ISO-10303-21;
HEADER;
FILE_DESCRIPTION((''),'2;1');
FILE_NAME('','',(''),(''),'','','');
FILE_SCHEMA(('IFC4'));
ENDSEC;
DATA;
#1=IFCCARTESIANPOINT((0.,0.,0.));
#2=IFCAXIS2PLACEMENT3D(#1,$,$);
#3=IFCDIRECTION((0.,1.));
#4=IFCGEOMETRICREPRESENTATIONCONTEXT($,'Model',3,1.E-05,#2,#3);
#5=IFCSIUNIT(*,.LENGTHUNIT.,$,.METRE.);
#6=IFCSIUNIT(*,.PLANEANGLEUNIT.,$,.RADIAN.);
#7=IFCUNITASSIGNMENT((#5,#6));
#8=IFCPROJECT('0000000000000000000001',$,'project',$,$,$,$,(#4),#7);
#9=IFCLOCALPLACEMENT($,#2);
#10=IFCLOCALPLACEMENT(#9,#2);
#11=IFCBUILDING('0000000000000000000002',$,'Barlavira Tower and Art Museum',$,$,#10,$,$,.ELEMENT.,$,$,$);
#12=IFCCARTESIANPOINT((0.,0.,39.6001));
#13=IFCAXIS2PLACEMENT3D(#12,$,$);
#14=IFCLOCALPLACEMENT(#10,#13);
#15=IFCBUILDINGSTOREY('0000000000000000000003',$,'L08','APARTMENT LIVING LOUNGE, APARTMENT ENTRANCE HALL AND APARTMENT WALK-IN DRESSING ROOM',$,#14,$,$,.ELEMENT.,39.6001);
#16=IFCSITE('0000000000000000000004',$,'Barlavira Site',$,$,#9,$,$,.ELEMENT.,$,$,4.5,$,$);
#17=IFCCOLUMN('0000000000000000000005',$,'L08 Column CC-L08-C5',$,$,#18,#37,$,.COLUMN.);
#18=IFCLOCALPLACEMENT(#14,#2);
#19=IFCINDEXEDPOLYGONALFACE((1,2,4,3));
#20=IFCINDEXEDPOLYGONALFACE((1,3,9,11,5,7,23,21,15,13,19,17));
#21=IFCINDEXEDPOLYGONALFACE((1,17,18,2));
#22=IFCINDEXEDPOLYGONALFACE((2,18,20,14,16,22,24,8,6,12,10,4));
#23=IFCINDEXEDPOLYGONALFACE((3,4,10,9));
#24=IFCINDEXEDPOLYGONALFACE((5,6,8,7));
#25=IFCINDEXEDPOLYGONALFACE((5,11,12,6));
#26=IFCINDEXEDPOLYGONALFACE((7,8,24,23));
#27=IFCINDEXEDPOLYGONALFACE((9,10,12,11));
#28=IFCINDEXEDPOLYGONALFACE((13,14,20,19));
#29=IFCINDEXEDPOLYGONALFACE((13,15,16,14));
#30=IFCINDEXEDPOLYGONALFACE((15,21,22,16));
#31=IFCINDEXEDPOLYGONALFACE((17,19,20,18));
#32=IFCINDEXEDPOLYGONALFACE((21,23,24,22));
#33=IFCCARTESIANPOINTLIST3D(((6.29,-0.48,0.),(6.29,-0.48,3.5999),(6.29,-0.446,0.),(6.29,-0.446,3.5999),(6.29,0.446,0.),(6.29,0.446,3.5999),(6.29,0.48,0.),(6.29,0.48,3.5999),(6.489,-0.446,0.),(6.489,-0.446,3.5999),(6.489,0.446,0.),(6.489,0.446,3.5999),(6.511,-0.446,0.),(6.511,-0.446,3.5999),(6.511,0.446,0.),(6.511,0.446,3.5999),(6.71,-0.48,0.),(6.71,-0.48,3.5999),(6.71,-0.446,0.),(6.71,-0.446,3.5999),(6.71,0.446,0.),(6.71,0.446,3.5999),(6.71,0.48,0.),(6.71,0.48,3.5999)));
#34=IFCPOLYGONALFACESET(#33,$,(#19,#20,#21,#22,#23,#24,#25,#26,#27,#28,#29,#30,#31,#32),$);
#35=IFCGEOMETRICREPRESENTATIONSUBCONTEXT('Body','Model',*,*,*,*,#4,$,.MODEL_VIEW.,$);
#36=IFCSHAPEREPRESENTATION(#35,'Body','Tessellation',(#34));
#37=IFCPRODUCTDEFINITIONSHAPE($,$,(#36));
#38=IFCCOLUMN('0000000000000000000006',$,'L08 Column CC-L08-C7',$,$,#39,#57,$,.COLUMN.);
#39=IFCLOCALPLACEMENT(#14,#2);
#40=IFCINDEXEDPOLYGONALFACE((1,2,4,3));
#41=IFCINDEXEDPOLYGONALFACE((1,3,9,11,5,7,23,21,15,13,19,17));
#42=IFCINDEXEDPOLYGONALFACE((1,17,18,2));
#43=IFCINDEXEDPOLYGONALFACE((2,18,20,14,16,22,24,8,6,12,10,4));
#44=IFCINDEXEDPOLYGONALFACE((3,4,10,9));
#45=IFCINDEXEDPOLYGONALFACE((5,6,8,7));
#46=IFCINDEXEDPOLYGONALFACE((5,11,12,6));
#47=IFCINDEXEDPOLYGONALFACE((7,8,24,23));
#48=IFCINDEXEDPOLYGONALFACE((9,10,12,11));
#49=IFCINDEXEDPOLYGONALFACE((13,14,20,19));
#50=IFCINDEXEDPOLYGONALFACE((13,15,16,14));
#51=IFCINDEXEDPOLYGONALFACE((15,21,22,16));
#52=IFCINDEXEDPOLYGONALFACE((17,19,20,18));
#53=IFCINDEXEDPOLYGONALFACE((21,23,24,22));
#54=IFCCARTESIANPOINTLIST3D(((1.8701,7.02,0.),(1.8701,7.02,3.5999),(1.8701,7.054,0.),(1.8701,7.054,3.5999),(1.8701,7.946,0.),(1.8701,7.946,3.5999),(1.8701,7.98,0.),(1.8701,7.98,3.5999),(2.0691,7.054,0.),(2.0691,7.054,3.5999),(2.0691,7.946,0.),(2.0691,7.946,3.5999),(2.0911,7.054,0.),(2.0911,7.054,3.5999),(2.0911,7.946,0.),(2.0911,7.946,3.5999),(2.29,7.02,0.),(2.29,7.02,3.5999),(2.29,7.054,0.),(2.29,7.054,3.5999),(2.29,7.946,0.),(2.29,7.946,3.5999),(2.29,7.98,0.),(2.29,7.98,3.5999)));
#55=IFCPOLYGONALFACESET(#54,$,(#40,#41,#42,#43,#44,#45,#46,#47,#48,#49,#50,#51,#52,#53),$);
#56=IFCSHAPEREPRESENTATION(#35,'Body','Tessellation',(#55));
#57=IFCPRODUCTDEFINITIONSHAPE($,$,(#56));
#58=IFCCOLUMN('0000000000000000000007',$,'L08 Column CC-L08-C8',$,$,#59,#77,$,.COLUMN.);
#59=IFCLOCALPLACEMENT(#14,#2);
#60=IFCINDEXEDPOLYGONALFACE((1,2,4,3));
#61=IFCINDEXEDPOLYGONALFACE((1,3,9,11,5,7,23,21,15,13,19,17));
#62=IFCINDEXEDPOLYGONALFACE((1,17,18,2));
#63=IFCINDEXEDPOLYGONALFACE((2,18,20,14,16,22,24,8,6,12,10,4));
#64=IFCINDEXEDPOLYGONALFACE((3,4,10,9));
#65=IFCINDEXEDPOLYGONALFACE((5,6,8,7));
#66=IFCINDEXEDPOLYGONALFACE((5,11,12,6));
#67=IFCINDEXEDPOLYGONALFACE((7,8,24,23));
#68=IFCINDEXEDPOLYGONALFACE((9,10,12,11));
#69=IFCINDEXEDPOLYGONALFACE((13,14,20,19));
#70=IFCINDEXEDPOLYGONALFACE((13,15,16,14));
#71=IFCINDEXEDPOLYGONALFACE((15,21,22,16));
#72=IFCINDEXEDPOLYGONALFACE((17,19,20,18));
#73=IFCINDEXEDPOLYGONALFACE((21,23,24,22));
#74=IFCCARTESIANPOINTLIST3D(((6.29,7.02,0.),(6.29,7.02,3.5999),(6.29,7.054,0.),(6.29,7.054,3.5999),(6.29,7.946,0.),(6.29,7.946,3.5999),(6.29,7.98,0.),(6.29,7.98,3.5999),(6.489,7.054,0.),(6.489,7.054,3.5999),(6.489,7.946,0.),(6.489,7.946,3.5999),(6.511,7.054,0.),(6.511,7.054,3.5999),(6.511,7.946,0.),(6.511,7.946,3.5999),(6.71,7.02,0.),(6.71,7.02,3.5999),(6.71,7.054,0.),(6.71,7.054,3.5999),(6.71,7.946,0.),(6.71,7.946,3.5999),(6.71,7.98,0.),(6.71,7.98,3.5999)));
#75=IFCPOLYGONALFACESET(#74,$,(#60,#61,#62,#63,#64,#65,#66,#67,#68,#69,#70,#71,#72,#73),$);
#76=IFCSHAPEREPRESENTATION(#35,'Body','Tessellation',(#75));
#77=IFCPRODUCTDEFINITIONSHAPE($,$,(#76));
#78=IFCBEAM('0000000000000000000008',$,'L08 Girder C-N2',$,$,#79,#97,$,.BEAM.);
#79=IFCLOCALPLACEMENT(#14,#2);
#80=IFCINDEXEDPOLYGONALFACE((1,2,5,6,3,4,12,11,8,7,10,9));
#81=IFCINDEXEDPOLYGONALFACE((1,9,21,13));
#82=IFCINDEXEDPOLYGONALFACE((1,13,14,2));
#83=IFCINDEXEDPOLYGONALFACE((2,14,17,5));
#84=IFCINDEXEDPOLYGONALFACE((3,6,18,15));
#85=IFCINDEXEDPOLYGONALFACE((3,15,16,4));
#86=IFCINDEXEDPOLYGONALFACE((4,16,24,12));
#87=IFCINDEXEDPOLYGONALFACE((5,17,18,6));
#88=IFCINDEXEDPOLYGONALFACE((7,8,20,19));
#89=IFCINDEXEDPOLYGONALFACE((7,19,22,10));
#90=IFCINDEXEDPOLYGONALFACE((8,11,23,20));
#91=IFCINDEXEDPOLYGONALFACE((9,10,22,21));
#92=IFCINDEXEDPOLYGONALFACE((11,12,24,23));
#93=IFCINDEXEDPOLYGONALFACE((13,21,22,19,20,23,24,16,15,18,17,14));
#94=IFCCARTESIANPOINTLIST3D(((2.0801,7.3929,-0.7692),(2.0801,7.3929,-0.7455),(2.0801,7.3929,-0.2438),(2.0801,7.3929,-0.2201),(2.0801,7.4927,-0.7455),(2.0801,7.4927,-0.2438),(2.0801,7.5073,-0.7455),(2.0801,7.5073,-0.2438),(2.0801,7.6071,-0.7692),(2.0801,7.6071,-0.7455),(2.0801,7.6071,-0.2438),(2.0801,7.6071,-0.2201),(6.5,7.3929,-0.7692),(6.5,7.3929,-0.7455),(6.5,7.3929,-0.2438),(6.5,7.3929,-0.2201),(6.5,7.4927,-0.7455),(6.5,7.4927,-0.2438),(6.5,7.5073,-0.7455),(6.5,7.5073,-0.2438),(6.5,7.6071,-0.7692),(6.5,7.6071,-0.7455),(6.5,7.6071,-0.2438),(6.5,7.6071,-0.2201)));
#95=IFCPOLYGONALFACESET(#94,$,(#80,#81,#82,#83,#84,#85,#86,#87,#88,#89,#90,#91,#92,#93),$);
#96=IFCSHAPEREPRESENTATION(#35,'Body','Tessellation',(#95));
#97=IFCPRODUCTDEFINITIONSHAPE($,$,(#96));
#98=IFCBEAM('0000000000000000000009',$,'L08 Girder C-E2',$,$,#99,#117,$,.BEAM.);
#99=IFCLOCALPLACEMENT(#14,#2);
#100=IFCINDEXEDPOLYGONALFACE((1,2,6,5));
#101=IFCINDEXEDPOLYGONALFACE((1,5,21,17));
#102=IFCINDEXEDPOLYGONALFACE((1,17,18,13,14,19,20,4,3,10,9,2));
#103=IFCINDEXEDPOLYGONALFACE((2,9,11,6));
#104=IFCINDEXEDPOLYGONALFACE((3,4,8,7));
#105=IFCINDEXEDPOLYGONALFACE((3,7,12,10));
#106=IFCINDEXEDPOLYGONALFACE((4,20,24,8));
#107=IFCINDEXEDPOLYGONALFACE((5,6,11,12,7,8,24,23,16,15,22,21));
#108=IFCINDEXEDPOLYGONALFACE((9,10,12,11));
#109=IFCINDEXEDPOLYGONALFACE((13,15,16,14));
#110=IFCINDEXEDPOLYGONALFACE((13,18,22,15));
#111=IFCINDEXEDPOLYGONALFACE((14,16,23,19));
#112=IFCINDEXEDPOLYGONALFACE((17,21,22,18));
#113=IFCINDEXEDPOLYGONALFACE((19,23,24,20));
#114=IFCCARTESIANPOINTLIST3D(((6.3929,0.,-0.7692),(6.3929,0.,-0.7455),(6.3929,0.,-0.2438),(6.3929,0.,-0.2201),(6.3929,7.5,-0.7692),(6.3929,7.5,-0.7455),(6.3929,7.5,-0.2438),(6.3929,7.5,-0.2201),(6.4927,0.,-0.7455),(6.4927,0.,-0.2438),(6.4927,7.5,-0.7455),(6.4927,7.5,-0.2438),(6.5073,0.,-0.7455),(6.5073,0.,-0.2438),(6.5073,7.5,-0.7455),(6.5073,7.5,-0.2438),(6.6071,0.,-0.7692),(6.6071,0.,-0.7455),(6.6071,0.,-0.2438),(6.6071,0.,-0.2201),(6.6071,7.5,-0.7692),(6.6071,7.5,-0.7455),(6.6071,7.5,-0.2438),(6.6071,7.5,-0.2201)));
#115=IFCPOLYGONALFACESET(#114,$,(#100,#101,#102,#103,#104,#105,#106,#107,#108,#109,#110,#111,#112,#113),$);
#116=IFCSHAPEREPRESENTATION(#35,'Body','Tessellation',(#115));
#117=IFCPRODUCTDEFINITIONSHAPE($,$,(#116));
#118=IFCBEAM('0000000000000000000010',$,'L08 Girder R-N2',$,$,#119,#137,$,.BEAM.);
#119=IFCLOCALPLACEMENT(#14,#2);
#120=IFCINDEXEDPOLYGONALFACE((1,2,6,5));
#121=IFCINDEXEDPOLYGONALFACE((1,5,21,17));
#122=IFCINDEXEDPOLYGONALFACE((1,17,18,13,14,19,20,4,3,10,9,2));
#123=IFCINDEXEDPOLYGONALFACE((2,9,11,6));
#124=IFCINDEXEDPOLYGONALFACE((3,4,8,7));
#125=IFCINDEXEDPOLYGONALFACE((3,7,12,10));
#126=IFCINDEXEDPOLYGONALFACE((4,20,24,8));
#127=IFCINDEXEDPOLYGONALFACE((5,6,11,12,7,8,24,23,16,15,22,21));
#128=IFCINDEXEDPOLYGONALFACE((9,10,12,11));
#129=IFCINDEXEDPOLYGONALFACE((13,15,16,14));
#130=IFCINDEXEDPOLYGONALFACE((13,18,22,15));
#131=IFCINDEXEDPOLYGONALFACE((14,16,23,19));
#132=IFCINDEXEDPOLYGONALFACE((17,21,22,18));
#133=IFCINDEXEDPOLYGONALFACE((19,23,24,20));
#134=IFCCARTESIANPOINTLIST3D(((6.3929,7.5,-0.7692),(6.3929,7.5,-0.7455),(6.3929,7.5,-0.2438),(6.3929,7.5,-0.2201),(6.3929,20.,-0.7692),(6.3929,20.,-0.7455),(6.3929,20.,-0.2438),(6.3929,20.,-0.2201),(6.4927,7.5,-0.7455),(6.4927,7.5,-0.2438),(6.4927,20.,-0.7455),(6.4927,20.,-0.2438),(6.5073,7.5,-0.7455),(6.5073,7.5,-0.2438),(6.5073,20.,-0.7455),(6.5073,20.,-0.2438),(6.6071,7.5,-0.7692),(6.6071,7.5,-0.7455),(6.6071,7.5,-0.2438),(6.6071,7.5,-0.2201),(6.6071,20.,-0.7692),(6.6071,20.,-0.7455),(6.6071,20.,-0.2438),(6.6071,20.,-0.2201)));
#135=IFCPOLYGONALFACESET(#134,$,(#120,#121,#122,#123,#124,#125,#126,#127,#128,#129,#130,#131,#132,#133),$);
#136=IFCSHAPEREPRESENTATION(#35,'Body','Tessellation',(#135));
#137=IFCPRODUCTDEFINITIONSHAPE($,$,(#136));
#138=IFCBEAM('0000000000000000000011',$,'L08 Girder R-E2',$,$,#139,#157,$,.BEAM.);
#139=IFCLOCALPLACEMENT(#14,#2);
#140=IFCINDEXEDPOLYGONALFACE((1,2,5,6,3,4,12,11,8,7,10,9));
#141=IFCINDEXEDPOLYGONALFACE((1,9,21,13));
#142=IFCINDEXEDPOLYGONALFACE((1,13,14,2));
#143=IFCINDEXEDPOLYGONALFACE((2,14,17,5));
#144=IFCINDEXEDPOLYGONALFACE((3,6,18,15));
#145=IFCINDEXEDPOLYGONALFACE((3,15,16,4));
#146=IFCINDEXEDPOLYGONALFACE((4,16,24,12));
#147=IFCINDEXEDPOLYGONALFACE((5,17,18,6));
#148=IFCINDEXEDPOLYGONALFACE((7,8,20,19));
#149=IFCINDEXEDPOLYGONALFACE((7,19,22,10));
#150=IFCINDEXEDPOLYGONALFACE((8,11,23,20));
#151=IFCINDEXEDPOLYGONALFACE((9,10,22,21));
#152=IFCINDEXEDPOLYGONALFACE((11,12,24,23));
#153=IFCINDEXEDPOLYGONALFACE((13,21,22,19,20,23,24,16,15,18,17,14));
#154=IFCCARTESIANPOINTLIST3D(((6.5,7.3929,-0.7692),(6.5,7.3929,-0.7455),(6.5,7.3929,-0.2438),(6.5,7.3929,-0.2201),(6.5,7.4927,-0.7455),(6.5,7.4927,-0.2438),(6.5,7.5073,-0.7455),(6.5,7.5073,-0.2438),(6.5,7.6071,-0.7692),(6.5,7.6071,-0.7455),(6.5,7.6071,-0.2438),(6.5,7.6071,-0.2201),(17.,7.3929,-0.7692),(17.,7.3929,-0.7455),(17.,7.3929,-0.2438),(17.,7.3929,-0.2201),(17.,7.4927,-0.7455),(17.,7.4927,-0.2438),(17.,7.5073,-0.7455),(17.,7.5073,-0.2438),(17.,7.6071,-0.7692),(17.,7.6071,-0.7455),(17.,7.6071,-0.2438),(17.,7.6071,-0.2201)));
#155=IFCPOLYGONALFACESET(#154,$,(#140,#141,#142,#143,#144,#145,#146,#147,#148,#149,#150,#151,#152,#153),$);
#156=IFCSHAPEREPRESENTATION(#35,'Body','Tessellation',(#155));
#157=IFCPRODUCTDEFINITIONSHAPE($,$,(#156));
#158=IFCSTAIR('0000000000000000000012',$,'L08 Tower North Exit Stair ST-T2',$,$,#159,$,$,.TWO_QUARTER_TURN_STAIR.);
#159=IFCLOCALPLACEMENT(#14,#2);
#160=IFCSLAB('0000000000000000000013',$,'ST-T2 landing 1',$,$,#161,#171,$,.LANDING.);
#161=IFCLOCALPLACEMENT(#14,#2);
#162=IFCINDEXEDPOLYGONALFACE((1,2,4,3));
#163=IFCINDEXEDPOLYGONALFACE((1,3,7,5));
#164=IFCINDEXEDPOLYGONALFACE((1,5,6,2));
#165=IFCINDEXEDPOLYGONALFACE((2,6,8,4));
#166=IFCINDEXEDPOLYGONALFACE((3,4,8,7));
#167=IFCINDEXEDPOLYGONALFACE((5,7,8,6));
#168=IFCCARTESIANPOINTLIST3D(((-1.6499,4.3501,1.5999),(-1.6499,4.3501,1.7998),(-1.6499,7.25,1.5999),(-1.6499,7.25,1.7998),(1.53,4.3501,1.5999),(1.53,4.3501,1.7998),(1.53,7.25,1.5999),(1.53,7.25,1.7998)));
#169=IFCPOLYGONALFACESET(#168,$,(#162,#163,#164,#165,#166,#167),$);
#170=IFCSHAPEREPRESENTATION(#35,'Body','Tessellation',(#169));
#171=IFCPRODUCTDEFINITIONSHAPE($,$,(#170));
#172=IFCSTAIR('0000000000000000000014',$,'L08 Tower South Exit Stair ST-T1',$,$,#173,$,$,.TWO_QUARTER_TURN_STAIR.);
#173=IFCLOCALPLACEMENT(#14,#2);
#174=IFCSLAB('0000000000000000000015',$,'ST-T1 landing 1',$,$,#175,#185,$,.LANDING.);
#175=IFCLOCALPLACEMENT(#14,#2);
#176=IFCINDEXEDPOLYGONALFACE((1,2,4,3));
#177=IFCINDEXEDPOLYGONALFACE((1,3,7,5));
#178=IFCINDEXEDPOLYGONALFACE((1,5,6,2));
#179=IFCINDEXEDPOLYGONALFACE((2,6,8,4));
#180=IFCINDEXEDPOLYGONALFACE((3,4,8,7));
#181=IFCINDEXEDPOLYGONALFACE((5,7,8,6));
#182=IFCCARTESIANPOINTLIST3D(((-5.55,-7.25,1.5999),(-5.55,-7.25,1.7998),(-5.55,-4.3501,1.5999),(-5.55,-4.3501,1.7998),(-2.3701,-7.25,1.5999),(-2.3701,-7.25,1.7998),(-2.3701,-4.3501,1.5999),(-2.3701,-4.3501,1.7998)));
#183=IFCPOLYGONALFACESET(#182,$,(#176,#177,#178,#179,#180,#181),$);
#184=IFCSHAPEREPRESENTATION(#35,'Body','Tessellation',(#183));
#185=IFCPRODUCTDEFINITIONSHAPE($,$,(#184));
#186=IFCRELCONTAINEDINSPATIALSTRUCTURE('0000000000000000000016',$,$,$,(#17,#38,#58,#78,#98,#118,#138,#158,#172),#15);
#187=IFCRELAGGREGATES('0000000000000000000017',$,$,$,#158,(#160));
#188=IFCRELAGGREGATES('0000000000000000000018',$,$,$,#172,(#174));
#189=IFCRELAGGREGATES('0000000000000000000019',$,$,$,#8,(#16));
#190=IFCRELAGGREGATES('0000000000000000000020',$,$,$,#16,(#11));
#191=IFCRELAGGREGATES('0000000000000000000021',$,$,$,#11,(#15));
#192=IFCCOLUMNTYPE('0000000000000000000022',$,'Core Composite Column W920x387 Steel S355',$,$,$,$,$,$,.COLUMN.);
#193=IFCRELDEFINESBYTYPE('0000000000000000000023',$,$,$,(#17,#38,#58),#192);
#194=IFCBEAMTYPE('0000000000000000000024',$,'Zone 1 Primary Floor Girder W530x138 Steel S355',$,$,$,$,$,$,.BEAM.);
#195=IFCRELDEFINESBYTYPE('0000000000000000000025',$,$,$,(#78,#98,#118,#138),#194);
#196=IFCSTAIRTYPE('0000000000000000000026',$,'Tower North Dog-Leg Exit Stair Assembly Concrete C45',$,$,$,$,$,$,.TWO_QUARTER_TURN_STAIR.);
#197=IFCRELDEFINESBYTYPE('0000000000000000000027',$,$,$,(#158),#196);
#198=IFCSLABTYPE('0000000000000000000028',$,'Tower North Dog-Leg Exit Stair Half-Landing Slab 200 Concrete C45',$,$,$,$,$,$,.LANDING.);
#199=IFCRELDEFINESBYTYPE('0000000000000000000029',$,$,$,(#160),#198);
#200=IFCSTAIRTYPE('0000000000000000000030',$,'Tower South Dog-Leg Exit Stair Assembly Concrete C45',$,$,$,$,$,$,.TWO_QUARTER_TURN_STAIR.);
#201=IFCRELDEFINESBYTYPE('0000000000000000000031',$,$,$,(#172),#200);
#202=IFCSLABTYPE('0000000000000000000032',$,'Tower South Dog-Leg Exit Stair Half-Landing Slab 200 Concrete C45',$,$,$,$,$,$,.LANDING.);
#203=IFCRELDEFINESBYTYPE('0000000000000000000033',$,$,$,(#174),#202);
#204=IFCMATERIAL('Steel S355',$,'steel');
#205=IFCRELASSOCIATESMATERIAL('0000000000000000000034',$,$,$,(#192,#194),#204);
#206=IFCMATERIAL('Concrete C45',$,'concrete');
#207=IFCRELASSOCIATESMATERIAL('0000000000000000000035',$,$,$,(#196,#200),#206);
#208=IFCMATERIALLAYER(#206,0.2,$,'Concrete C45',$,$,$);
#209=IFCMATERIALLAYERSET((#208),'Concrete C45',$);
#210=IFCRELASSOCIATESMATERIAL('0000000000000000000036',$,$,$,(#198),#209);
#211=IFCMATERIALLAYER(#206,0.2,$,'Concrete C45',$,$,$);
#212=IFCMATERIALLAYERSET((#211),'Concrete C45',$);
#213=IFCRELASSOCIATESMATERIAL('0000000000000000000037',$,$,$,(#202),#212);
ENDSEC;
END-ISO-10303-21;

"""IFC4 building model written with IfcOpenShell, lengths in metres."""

from ifc_helpers import new_model, si_unit, direction, frame, origin, origin_2d, place, context, subcontext, project, spatial, polyline, i_section, outline, extrude, material, layer, layer_set, material_profile, profile_set, type_object, element, aggregate, save


model = new_model("IFC4")

# Units and contexts
model_context = context("Model", 3, precision=1e-05, world=origin(), true_north=direction((0.0, 1.0)))
body_context = subcontext(model_context, "Body", "Model", "MODEL_VIEW")
ifc_project = project(units=[si_unit("LENGTHUNIT", "METRE"), si_unit("PLANEANGLEUNIT", "RADIAN")], contexts=[model_context])

# Site, building, storey
site_placement = place(None, origin())
site = spatial("IfcSite", under=ifc_project, at=site_placement, Name="Barlavira Site", CompositionType="ELEMENT", RefElevation=4.5)
building_placement = place(site_placement, origin())
building = spatial("IfcBuilding", under=site, at=building_placement, Name="Barlavira Tower and Art Museum", CompositionType="ELEMENT")
storey_placement = place(building_placement, frame((0.0, 0.0, 39.6001)))
storey = spatial("IfcBuildingStorey", under=building, at=storey_placement, Name="L08", Description="APARTMENT LIVING LOUNGE, APARTMENT ENTRANCE HALL AND APARTMENT WALK-IN DRESSING ROOM", CompositionType="ELEMENT", Elevation=39.6001)

# Columns
ifc_material_1 = material(Name="Steel S355", Category="steel")
ifc_material_profile_1 = material_profile(ifc_material_1, i_section(OverallWidth=0.4199, OverallDepth=0.96, WebThickness=0.022, FlangeThickness=0.0339, at=origin_2d()), Name="W920x387.0")
ifc_profile_set_1 = profile_set([ifc_material_profile_1], Name="Steel S355")
column_type = type_object("IfcColumnType", Name="Core Composite Column W920x387 Steel S355", PredefinedType="COLUMN", material=ifc_profile_set_1)
for number, where, z_axis, x_axis, name in (
    (1, (6.5, 0.0, 0.0), (0.0, 0.0, 1.0), (1.0, 0.0, 0.0), "L08 Column CC-L08-C5"),
    (2, (2.0801, 7.5, 0.0), (0.0, 0.0, 1.0), (1.0, 0.0, 0.0), "L08 Column CC-L08-C7"),
    (3, (6.5, 7.5, 0.0), (0.0, 0.0, 1.0), (1.0, 0.0, 0.0), "L08 Column CC-L08-C8"),
):
    element("IfcColumn", number, at=place(storey_placement, frame(where, z_axis=z_axis, x_axis=x_axis)), inside=storey, type_object=column_type, Name=name, PredefinedType="COLUMN", context=body_context, shape_type="SweptSolid", body=[
        extrude(i_section(OverallWidth=0.4199, OverallDepth=0.96, WebThickness=0.022, FlangeThickness=0.0339, at=origin_2d()), origin(), (0.0, 0.0, 1.0), 3.5999),
    ])

# Beams
ifc_material_profile_2 = material_profile(ifc_material_1, i_section(OverallWidth=0.2141, OverallDepth=0.5491, WebThickness=0.0146, FlangeThickness=0.0237, at=origin_2d()), Name="W530x138.0")
ifc_profile_set_2 = profile_set([ifc_material_profile_2], Name="Steel S355")
beam_type = type_object("IfcBeamType", Name="Zone 1 Primary Floor Girder W530x138 Steel S355", PredefinedType="BEAM", material=ifc_profile_set_2)
beam_1_placement = place(storey_placement, frame((2.0801, 7.5, -0.4946), z_axis=(1.0, 0.0, 0.0), x_axis=(0.0, 1.0, 0.0)))
element("IfcBeam", 4, at=beam_1_placement, inside=storey, type_object=beam_type, Name="L08 Girder C-N2", PredefinedType="BEAM", context=body_context, shape_type="SweptSolid", body=[
    extrude(i_section(OverallWidth=0.2141, OverallDepth=0.5491, WebThickness=0.0146, FlangeThickness=0.0237, at=origin_2d()), origin(), (0.0, 0.0, 1.0), 4.4199),
])
beam_2_placement = place(storey_placement, frame((6.5, 0.0, -0.4946), z_axis=(0.0, 1.0, 0.0), x_axis=(-1.0, 0.0, 0.0)))
element("IfcBeam", 5, at=beam_2_placement, inside=storey, type_object=beam_type, Name="L08 Girder C-E2", PredefinedType="BEAM", context=body_context, shape_type="SweptSolid", body=[
    extrude(i_section(OverallWidth=0.2141, OverallDepth=0.5491, WebThickness=0.0146, FlangeThickness=0.0237, at=origin_2d()), origin(), (0.0, 0.0, 1.0), 7.5),
])
beam_3_placement = place(storey_placement, frame((6.5, 7.5, -0.4946), z_axis=(0.0, 1.0, 0.0), x_axis=(-1.0, 0.0, 0.0)))
element("IfcBeam", 6, at=beam_3_placement, inside=storey, type_object=beam_type, Name="L08 Girder R-N2", PredefinedType="BEAM", context=body_context, shape_type="SweptSolid", body=[
    extrude(i_section(OverallWidth=0.2141, OverallDepth=0.5491, WebThickness=0.0146, FlangeThickness=0.0237, at=origin_2d()), origin(), (0.0, 0.0, 1.0), 12.5),
])
beam_4_placement = place(storey_placement, frame((6.5, 7.5, -0.4946), z_axis=(1.0, 0.0, 0.0), x_axis=(0.0, 1.0, 0.0)))
element("IfcBeam", 7, at=beam_4_placement, inside=storey, type_object=beam_type, Name="L08 Girder R-E2", PredefinedType="BEAM", context=body_context, shape_type="SweptSolid", body=[
    extrude(i_section(OverallWidth=0.2141, OverallDepth=0.5491, WebThickness=0.0146, FlangeThickness=0.0237, at=origin_2d()), origin(), (0.0, 0.0, 1.0), 10.5),
])

# Stairs, slabs
ifc_material_2 = material(Name="Concrete C45", Category="concrete")
stair_type_1 = type_object("IfcStairType", Name="Tower North Dog-Leg Exit Stair Assembly Concrete C45", PredefinedType="TWO_QUARTER_TURN_STAIR", material=ifc_material_2)
stair_1_placement = place(storey_placement, origin())
stair_1 = element("IfcStair", 8, at=stair_1_placement, inside=storey, type_object=stair_type_1, Name="L08 Tower North Exit Stair ST-T2", PredefinedType="TWO_QUARTER_TURN_STAIR")
ifc_layer_1 = layer(ifc_material_2, 0.2, Name="Concrete C45")
ifc_layer_set_1 = layer_set([ifc_layer_1], Name="Concrete C45")
slab_type_1 = type_object("IfcSlabType", Name="Tower North Dog-Leg Exit Stair Half-Landing Slab 200 Concrete C45", PredefinedType="LANDING", material=ifc_layer_set_1)
slab_1_placement = place(storey_placement, frame((0.0, 0.0, 1.5999)))
slab_1 = element("IfcSlab", 9, at=slab_1_placement, type_object=slab_type_1, Name="ST-T2 landing 1", PredefinedType="LANDING", context=body_context, shape_type="SweptSolid", body=[
    extrude(outline(polyline([(-1.6499, 4.3501), (1.53, 4.3501), (1.53, 7.25), (-1.6499, 7.25), (-1.6499, 4.3501)])), origin(), (0.0, 0.0, 1.0), 0.2),
])
aggregate(stair_1, [slab_1])
stair_type_2 = type_object("IfcStairType", Name="Tower South Dog-Leg Exit Stair Assembly Concrete C45", PredefinedType="TWO_QUARTER_TURN_STAIR", material=ifc_material_2)
stair_2_placement = place(storey_placement, origin())
stair_2 = element("IfcStair", 10, at=stair_2_placement, inside=storey, type_object=stair_type_2, Name="L08 Tower South Exit Stair ST-T1", PredefinedType="TWO_QUARTER_TURN_STAIR")
ifc_layer_2 = layer(ifc_material_2, 0.2, Name="Concrete C45")
ifc_layer_set_2 = layer_set([ifc_layer_2], Name="Concrete C45")
slab_type_2 = type_object("IfcSlabType", Name="Tower South Dog-Leg Exit Stair Half-Landing Slab 200 Concrete C45", PredefinedType="LANDING", material=ifc_layer_set_2)
slab_2_placement = place(storey_placement, frame((0.0, 0.0, 1.5999)))
slab_2 = element("IfcSlab", 11, at=slab_2_placement, type_object=slab_type_2, Name="ST-T1 landing 1", PredefinedType="LANDING", context=body_context, shape_type="SweptSolid", body=[
    extrude(outline(polyline([(-2.3701, -4.3501), (-5.55, -4.3501), (-5.55, -7.25), (-2.3701, -7.25), (-2.3701, -4.3501)])), origin(), (0.0, 0.0, 1.0), 0.2),
])
aggregate(stair_2, [slab_2])

save(model, "model.ifc")
